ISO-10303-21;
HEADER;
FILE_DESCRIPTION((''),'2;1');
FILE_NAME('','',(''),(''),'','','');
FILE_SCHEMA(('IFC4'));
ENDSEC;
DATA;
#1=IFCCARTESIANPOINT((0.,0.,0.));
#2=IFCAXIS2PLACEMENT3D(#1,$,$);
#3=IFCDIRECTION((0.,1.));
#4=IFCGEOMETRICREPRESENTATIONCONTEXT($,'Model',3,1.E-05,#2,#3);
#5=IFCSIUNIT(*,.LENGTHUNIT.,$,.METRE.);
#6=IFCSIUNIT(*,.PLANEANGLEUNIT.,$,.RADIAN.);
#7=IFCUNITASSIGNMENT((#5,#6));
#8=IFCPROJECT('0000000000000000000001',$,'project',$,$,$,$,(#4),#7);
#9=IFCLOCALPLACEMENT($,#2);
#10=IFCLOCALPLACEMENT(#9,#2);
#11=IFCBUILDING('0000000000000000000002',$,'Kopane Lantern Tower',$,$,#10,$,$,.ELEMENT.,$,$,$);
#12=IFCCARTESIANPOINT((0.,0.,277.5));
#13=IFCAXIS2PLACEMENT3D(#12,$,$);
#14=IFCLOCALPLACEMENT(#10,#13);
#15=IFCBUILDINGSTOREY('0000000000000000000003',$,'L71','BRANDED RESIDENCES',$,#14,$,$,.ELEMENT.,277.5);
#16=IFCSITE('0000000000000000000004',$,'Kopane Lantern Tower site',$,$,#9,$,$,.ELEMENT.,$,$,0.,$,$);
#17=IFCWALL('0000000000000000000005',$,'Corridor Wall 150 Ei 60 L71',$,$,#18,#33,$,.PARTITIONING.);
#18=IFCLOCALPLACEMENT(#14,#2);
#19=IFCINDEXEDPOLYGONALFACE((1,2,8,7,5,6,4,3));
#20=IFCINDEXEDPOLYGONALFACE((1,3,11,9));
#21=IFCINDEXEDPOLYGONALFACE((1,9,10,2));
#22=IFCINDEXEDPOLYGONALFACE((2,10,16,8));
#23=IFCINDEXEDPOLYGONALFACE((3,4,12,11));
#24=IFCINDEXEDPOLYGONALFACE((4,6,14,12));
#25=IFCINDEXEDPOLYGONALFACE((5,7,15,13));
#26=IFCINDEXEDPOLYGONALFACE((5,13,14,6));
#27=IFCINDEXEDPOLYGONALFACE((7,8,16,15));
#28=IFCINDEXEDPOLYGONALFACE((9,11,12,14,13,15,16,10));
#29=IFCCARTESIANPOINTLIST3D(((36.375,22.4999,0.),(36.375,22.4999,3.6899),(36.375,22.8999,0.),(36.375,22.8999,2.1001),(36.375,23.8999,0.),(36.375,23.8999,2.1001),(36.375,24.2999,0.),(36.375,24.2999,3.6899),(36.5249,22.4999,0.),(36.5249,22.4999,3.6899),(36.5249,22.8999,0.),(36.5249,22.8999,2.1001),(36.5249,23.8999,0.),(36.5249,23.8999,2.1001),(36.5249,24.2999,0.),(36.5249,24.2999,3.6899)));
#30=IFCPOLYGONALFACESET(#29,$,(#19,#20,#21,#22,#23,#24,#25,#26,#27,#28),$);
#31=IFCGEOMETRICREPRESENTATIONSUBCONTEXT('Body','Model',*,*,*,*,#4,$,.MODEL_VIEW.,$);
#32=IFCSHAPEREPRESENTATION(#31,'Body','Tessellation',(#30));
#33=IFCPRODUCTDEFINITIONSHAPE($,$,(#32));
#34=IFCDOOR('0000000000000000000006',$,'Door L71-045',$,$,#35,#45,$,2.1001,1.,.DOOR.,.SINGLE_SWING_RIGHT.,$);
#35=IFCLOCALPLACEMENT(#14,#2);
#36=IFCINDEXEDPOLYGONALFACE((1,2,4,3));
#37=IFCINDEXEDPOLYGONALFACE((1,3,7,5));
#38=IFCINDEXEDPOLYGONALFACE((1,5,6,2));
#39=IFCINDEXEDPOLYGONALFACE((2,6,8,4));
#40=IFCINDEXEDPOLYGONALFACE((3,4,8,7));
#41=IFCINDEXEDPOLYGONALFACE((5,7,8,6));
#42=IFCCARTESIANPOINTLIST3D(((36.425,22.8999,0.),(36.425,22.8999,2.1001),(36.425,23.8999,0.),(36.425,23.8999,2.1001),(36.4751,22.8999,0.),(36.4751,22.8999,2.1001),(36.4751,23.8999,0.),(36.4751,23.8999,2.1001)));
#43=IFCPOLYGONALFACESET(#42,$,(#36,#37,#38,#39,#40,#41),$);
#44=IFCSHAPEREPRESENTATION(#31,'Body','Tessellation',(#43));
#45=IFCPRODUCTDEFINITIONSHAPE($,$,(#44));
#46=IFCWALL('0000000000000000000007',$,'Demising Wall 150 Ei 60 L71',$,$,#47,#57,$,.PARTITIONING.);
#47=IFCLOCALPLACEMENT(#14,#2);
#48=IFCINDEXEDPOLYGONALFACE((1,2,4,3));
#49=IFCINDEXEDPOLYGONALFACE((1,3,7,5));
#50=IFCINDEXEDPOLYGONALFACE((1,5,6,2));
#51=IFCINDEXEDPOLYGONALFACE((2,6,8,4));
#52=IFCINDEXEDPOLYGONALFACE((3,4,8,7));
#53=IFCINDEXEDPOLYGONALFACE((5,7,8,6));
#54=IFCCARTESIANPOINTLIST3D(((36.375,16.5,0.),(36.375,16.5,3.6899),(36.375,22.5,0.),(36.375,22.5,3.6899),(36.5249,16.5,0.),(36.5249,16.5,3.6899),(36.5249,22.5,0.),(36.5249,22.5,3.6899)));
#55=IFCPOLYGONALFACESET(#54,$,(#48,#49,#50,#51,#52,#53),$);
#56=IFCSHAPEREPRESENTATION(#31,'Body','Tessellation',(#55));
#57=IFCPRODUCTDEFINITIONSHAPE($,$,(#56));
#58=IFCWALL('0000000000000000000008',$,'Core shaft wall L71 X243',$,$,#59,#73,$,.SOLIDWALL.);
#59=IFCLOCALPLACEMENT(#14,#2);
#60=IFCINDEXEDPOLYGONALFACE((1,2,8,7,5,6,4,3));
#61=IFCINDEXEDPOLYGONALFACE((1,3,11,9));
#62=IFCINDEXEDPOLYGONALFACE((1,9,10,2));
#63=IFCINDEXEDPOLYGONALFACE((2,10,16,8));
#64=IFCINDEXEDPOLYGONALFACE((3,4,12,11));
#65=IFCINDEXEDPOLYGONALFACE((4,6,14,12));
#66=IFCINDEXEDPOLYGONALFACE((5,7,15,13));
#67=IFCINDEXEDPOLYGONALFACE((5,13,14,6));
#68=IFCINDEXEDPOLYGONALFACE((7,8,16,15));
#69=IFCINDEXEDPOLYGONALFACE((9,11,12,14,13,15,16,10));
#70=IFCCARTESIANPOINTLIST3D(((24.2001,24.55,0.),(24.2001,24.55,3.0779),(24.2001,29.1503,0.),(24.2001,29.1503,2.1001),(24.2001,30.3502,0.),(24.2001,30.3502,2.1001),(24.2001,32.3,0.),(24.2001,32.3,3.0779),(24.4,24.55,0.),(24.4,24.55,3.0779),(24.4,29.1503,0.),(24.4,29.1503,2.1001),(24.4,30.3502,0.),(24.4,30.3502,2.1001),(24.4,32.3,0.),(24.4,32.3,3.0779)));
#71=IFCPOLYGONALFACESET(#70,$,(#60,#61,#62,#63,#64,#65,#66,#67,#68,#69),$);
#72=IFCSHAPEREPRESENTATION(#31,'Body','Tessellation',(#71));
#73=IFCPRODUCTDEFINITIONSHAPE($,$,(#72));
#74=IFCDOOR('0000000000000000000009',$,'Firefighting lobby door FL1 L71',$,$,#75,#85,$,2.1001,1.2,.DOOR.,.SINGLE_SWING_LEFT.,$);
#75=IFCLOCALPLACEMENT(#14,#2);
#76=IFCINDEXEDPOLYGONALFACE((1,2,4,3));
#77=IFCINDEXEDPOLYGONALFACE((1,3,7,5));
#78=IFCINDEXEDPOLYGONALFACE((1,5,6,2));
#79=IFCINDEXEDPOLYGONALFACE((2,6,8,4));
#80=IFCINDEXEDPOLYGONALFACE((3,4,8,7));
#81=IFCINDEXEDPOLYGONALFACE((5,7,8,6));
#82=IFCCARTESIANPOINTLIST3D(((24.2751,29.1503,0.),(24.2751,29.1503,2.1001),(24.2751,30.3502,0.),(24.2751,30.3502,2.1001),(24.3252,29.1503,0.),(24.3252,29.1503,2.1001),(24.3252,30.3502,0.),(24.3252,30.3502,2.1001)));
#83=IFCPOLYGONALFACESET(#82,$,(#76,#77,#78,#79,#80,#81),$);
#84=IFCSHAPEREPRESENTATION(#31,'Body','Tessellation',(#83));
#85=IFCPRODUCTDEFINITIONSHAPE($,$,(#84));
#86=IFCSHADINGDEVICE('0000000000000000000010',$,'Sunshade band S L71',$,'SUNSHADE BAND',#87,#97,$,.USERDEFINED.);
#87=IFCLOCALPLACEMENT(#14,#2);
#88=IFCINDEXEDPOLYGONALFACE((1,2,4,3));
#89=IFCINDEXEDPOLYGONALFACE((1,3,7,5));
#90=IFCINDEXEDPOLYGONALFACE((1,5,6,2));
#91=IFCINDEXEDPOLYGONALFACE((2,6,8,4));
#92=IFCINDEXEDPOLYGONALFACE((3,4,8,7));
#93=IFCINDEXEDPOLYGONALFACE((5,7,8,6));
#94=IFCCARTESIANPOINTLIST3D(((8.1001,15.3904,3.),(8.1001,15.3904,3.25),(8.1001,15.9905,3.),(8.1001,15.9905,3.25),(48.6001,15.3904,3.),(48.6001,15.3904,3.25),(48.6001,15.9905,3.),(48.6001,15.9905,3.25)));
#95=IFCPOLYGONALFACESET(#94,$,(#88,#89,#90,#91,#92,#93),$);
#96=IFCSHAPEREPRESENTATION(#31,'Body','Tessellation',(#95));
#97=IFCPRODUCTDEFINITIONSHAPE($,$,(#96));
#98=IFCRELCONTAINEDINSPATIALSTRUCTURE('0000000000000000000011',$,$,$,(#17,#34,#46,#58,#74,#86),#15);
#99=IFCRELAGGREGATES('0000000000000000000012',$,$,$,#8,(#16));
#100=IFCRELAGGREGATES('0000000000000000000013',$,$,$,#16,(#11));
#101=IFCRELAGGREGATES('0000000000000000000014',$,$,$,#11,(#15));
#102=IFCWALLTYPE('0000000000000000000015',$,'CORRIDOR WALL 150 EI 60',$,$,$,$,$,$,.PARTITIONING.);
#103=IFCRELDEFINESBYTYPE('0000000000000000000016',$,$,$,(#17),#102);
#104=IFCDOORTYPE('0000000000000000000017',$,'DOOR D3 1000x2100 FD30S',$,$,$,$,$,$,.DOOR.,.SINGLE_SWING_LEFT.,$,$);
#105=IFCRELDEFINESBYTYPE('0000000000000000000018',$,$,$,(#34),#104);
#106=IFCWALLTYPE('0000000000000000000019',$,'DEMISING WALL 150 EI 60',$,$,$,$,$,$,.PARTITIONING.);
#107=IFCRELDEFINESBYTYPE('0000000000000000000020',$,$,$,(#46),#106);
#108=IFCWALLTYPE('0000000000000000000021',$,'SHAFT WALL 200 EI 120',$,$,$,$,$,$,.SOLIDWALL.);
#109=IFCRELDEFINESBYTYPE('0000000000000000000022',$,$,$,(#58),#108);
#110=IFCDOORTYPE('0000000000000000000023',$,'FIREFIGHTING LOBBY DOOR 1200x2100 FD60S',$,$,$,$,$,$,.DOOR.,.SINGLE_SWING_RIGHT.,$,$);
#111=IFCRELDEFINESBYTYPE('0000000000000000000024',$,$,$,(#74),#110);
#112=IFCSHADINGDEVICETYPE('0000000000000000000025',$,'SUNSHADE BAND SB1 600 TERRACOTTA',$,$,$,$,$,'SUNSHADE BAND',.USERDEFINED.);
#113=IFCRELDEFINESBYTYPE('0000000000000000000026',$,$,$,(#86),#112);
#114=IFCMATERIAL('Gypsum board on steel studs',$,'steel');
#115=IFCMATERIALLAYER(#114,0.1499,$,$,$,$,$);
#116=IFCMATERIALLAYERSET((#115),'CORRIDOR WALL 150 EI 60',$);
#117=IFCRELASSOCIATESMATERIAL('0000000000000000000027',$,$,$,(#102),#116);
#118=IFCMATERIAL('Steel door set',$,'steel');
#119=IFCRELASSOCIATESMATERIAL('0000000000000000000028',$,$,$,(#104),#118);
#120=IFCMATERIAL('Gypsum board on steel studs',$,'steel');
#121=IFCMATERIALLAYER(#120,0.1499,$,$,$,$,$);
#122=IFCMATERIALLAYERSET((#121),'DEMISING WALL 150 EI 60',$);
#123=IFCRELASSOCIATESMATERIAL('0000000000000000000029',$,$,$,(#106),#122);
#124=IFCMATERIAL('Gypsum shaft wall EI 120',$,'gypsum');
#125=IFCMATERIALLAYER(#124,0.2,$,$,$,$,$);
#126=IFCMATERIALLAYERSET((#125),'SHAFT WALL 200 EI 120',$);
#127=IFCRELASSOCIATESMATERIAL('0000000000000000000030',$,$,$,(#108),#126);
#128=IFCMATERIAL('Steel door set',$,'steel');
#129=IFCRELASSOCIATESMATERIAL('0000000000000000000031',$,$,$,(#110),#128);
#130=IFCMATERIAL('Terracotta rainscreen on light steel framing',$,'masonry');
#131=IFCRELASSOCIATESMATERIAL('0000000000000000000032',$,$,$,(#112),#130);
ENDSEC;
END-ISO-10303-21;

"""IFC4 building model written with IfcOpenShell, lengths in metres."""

from ifc_helpers import new_model, si_unit, direction, frame, frame_2d, origin, origin_2d, place, context, subcontext, project, spatial, rectangle, extrude, material, layer, layer_set, type_object, element, fill, save


model = new_model("IFC4")

# Units and contexts
model_context = context("Model", 3, precision=1e-05, world=origin(), true_north=direction((0.0, 1.0)))
body_context = subcontext(model_context, "Body", "Model", "MODEL_VIEW")
ifc_project = project(units=[si_unit("LENGTHUNIT", "METRE"), si_unit("PLANEANGLEUNIT", "RADIAN")], contexts=[model_context])

# Site, building, storey
site_placement = place(None, origin())
site = spatial("IfcSite", under=ifc_project, at=site_placement, Name="Kopane Lantern Tower site", CompositionType="ELEMENT", RefElevation=0.0)
building_placement = place(site_placement, origin())
building = spatial("IfcBuilding", under=site, at=building_placement, Name="Kopane Lantern Tower", CompositionType="ELEMENT")
storey_placement = place(building_placement, frame((0.0, 0.0, 277.5)))
storey = spatial("IfcBuildingStorey", under=building, at=storey_placement, Name="L71", Description="BRANDED RESIDENCES", CompositionType="ELEMENT", Elevation=277.5)

# Wall, opening, door
ifc_material_1 = material(Name="Gypsum board on steel studs", Category="steel")
ifc_layer_1 = layer(ifc_material_1, 0.1499)
ifc_layer_set_1 = layer_set([ifc_layer_1], Name="CORRIDOR WALL 150 EI 60")
wall_type_1 = type_object("IfcWallType", Name="CORRIDOR WALL 150 EI 60", PredefinedType="PARTITIONING", material=ifc_layer_set_1)
wall_1_placement = place(storey_placement, frame((36.45, 22.5, 0.0), z_axis=(0.0, 0.0, 1.0), x_axis=(0.0, 1.0, 0.0)))
wall_1 = element("IfcWall", 1, at=wall_1_placement, inside=storey, type_object=wall_type_1, Name="Corridor Wall 150 Ei 60 L71", PredefinedType="PARTITIONING", context=body_context, shape_type="SweptSolid", body=[
    extrude(rectangle(XDim=1.8, YDim=0.1499, at=frame_2d((0.8999, 0.0))), origin(), (0.0, 0.0, 1.0), 3.6899),
])
opening_1_placement = place(wall_1_placement, frame((0.3999, 0.0, 0.0)))
opening_1 = element("IfcOpeningElement", 2, at=opening_1_placement, cuts=wall_1, PredefinedType="OPENING", context=body_context, shape_type="SweptSolid", body=[
    extrude(rectangle(XDim=1.0, YDim=2.1001, at=frame_2d((0.5, 1.05))), frame((0.0, 0.085, 0.0), z_axis=(0.0, -1.0, 0.0), x_axis=(1.0, 0.0, 0.0)), (0.0, 0.0, 1.0), 0.1699),
])
ifc_material_2 = material(Name="Steel door set", Category="steel")
door_type_1 = type_object("IfcDoorType", Name="DOOR D3 1000x2100 FD30S", OperationType="SINGLE_SWING_LEFT", PredefinedType="DOOR", material=ifc_material_2)
door_1_placement = place(opening_1_placement, origin())
door_1 = element("IfcDoor", 3, at=door_1_placement, inside=storey, type_object=door_type_1, Name="Door L71-045", OperationType="SINGLE_SWING_RIGHT", OverallHeight=2.1001, OverallWidth=1.0, PredefinedType="DOOR", context=body_context, shape_type="SweptSolid", body=[
    extrude(rectangle(XDim=1.0, YDim=2.1001, at=frame_2d((0.5, 1.05))), frame((0.0, 0.0249, 0.0), z_axis=(0.0, -1.0, 0.0), x_axis=(1.0, 0.0, 0.0)), (0.0, 0.0, 1.0), 0.05),
])
fill(opening_1, door_1)

# Wall
ifc_material_3 = material(Name="Gypsum board on steel studs", Category="steel")
ifc_layer_2 = layer(ifc_material_3, 0.1499)
ifc_layer_set_2 = layer_set([ifc_layer_2], Name="DEMISING WALL 150 EI 60")
wall_type_2 = type_object("IfcWallType", Name="DEMISING WALL 150 EI 60", PredefinedType="PARTITIONING", material=ifc_layer_set_2)
wall_2_placement = place(storey_placement, frame((36.45, 16.5, 0.0), z_axis=(0.0, 0.0, 1.0), x_axis=(0.0, 1.0, 0.0)))
element("IfcWall", 4, at=wall_2_placement, inside=storey, type_object=wall_type_2, Name="Demising Wall 150 Ei 60 L71", PredefinedType="PARTITIONING", context=body_context, shape_type="SweptSolid", body=[
    extrude(rectangle(XDim=6.0, YDim=0.1499, at=frame_2d((3.0, 0.0))), origin(), (0.0, 0.0, 1.0), 3.6899),
])

# Wall, opening, door
ifc_material_4 = material(Name="Gypsum shaft wall EI 120", Category="gypsum")
ifc_layer_3 = layer(ifc_material_4, 0.2)
ifc_layer_set_3 = layer_set([ifc_layer_3], Name="SHAFT WALL 200 EI 120")
wall_type_3 = type_object("IfcWallType", Name="SHAFT WALL 200 EI 120", PredefinedType="SOLIDWALL", material=ifc_layer_set_3)
wall_3_placement = place(storey_placement, frame((24.3, 24.55, 0.0), z_axis=(0.0, 0.0, 1.0), x_axis=(0.0, 1.0, 0.0)))
wall_3 = element("IfcWall", 5, at=wall_3_placement, inside=storey, type_object=wall_type_3, Name="Core shaft wall L71 X243", PredefinedType="SOLIDWALL", context=body_context, shape_type="SweptSolid", body=[
    extrude(rectangle(XDim=7.75, YDim=0.2, at=frame_2d((3.875, 0.0))), origin(), (0.0, 0.0, 1.0), 3.0779),
])
opening_2_placement = place(wall_3_placement, frame((4.6001, 0.0, 0.0)))
opening_2 = element("IfcOpeningElement", 6, at=opening_2_placement, cuts=wall_3, PredefinedType="OPENING", context=body_context, shape_type="SweptSolid", body=[
    extrude(rectangle(XDim=1.2, YDim=2.1001, at=frame_2d((0.6001, 1.05))), frame((0.0, 0.1099, 0.0), z_axis=(0.0, -1.0, 0.0), x_axis=(1.0, 0.0, 0.0)), (0.0, 0.0, 1.0), 0.22),
])
ifc_material_5 = material(Name="Steel door set", Category="steel")
door_type_2 = type_object("IfcDoorType", Name="FIREFIGHTING LOBBY DOOR 1200x2100 FD60S", OperationType="SINGLE_SWING_RIGHT", PredefinedType="DOOR", material=ifc_material_5)
door_2_placement = place(opening_2_placement, origin())
door_2 = element("IfcDoor", 7, at=door_2_placement, inside=storey, type_object=door_type_2, Name="Firefighting lobby door FL1 L71", OperationType="SINGLE_SWING_LEFT", OverallHeight=2.1001, OverallWidth=1.2, PredefinedType="DOOR", context=body_context, shape_type="SweptSolid", body=[
    extrude(rectangle(XDim=1.2, YDim=2.1001, at=frame_2d((0.6001, 1.05))), frame((0.0, 0.0249, 0.0), z_axis=(0.0, -1.0, 0.0), x_axis=(1.0, 0.0, 0.0)), (0.0, 0.0, 1.0), 0.05),
])
fill(opening_2, door_2)

# Shading device
ifc_material_6 = material(Name="Terracotta rainscreen on light steel framing", Category="masonry")
shading_device_type = type_object("IfcShadingDeviceType", Name="SUNSHADE BAND SB1 600 TERRACOTTA", ElementType="SUNSHADE BAND", PredefinedType="USERDEFINED", material=ifc_material_6)
shading_device_placement = place(storey_placement, frame((28.3501, 15.6904, 3.0), z_axis=(0.0, 0.0, 1.0), x_axis=(1.0, 0.0, 0.0)))
element("IfcShadingDevice", 8, at=shading_device_placement, inside=storey, type_object=shading_device_type, Name="Sunshade band S L71", ObjectType="SUNSHADE BAND", PredefinedType="USERDEFINED", context=body_context, shape_type="SweptSolid", body=[
    extrude(rectangle(XDim=40.5, YDim=0.6001, at=origin_2d()), origin(), (0.0, 0.0, 1.0), 0.25),
])

save(model, "model.ifc")
